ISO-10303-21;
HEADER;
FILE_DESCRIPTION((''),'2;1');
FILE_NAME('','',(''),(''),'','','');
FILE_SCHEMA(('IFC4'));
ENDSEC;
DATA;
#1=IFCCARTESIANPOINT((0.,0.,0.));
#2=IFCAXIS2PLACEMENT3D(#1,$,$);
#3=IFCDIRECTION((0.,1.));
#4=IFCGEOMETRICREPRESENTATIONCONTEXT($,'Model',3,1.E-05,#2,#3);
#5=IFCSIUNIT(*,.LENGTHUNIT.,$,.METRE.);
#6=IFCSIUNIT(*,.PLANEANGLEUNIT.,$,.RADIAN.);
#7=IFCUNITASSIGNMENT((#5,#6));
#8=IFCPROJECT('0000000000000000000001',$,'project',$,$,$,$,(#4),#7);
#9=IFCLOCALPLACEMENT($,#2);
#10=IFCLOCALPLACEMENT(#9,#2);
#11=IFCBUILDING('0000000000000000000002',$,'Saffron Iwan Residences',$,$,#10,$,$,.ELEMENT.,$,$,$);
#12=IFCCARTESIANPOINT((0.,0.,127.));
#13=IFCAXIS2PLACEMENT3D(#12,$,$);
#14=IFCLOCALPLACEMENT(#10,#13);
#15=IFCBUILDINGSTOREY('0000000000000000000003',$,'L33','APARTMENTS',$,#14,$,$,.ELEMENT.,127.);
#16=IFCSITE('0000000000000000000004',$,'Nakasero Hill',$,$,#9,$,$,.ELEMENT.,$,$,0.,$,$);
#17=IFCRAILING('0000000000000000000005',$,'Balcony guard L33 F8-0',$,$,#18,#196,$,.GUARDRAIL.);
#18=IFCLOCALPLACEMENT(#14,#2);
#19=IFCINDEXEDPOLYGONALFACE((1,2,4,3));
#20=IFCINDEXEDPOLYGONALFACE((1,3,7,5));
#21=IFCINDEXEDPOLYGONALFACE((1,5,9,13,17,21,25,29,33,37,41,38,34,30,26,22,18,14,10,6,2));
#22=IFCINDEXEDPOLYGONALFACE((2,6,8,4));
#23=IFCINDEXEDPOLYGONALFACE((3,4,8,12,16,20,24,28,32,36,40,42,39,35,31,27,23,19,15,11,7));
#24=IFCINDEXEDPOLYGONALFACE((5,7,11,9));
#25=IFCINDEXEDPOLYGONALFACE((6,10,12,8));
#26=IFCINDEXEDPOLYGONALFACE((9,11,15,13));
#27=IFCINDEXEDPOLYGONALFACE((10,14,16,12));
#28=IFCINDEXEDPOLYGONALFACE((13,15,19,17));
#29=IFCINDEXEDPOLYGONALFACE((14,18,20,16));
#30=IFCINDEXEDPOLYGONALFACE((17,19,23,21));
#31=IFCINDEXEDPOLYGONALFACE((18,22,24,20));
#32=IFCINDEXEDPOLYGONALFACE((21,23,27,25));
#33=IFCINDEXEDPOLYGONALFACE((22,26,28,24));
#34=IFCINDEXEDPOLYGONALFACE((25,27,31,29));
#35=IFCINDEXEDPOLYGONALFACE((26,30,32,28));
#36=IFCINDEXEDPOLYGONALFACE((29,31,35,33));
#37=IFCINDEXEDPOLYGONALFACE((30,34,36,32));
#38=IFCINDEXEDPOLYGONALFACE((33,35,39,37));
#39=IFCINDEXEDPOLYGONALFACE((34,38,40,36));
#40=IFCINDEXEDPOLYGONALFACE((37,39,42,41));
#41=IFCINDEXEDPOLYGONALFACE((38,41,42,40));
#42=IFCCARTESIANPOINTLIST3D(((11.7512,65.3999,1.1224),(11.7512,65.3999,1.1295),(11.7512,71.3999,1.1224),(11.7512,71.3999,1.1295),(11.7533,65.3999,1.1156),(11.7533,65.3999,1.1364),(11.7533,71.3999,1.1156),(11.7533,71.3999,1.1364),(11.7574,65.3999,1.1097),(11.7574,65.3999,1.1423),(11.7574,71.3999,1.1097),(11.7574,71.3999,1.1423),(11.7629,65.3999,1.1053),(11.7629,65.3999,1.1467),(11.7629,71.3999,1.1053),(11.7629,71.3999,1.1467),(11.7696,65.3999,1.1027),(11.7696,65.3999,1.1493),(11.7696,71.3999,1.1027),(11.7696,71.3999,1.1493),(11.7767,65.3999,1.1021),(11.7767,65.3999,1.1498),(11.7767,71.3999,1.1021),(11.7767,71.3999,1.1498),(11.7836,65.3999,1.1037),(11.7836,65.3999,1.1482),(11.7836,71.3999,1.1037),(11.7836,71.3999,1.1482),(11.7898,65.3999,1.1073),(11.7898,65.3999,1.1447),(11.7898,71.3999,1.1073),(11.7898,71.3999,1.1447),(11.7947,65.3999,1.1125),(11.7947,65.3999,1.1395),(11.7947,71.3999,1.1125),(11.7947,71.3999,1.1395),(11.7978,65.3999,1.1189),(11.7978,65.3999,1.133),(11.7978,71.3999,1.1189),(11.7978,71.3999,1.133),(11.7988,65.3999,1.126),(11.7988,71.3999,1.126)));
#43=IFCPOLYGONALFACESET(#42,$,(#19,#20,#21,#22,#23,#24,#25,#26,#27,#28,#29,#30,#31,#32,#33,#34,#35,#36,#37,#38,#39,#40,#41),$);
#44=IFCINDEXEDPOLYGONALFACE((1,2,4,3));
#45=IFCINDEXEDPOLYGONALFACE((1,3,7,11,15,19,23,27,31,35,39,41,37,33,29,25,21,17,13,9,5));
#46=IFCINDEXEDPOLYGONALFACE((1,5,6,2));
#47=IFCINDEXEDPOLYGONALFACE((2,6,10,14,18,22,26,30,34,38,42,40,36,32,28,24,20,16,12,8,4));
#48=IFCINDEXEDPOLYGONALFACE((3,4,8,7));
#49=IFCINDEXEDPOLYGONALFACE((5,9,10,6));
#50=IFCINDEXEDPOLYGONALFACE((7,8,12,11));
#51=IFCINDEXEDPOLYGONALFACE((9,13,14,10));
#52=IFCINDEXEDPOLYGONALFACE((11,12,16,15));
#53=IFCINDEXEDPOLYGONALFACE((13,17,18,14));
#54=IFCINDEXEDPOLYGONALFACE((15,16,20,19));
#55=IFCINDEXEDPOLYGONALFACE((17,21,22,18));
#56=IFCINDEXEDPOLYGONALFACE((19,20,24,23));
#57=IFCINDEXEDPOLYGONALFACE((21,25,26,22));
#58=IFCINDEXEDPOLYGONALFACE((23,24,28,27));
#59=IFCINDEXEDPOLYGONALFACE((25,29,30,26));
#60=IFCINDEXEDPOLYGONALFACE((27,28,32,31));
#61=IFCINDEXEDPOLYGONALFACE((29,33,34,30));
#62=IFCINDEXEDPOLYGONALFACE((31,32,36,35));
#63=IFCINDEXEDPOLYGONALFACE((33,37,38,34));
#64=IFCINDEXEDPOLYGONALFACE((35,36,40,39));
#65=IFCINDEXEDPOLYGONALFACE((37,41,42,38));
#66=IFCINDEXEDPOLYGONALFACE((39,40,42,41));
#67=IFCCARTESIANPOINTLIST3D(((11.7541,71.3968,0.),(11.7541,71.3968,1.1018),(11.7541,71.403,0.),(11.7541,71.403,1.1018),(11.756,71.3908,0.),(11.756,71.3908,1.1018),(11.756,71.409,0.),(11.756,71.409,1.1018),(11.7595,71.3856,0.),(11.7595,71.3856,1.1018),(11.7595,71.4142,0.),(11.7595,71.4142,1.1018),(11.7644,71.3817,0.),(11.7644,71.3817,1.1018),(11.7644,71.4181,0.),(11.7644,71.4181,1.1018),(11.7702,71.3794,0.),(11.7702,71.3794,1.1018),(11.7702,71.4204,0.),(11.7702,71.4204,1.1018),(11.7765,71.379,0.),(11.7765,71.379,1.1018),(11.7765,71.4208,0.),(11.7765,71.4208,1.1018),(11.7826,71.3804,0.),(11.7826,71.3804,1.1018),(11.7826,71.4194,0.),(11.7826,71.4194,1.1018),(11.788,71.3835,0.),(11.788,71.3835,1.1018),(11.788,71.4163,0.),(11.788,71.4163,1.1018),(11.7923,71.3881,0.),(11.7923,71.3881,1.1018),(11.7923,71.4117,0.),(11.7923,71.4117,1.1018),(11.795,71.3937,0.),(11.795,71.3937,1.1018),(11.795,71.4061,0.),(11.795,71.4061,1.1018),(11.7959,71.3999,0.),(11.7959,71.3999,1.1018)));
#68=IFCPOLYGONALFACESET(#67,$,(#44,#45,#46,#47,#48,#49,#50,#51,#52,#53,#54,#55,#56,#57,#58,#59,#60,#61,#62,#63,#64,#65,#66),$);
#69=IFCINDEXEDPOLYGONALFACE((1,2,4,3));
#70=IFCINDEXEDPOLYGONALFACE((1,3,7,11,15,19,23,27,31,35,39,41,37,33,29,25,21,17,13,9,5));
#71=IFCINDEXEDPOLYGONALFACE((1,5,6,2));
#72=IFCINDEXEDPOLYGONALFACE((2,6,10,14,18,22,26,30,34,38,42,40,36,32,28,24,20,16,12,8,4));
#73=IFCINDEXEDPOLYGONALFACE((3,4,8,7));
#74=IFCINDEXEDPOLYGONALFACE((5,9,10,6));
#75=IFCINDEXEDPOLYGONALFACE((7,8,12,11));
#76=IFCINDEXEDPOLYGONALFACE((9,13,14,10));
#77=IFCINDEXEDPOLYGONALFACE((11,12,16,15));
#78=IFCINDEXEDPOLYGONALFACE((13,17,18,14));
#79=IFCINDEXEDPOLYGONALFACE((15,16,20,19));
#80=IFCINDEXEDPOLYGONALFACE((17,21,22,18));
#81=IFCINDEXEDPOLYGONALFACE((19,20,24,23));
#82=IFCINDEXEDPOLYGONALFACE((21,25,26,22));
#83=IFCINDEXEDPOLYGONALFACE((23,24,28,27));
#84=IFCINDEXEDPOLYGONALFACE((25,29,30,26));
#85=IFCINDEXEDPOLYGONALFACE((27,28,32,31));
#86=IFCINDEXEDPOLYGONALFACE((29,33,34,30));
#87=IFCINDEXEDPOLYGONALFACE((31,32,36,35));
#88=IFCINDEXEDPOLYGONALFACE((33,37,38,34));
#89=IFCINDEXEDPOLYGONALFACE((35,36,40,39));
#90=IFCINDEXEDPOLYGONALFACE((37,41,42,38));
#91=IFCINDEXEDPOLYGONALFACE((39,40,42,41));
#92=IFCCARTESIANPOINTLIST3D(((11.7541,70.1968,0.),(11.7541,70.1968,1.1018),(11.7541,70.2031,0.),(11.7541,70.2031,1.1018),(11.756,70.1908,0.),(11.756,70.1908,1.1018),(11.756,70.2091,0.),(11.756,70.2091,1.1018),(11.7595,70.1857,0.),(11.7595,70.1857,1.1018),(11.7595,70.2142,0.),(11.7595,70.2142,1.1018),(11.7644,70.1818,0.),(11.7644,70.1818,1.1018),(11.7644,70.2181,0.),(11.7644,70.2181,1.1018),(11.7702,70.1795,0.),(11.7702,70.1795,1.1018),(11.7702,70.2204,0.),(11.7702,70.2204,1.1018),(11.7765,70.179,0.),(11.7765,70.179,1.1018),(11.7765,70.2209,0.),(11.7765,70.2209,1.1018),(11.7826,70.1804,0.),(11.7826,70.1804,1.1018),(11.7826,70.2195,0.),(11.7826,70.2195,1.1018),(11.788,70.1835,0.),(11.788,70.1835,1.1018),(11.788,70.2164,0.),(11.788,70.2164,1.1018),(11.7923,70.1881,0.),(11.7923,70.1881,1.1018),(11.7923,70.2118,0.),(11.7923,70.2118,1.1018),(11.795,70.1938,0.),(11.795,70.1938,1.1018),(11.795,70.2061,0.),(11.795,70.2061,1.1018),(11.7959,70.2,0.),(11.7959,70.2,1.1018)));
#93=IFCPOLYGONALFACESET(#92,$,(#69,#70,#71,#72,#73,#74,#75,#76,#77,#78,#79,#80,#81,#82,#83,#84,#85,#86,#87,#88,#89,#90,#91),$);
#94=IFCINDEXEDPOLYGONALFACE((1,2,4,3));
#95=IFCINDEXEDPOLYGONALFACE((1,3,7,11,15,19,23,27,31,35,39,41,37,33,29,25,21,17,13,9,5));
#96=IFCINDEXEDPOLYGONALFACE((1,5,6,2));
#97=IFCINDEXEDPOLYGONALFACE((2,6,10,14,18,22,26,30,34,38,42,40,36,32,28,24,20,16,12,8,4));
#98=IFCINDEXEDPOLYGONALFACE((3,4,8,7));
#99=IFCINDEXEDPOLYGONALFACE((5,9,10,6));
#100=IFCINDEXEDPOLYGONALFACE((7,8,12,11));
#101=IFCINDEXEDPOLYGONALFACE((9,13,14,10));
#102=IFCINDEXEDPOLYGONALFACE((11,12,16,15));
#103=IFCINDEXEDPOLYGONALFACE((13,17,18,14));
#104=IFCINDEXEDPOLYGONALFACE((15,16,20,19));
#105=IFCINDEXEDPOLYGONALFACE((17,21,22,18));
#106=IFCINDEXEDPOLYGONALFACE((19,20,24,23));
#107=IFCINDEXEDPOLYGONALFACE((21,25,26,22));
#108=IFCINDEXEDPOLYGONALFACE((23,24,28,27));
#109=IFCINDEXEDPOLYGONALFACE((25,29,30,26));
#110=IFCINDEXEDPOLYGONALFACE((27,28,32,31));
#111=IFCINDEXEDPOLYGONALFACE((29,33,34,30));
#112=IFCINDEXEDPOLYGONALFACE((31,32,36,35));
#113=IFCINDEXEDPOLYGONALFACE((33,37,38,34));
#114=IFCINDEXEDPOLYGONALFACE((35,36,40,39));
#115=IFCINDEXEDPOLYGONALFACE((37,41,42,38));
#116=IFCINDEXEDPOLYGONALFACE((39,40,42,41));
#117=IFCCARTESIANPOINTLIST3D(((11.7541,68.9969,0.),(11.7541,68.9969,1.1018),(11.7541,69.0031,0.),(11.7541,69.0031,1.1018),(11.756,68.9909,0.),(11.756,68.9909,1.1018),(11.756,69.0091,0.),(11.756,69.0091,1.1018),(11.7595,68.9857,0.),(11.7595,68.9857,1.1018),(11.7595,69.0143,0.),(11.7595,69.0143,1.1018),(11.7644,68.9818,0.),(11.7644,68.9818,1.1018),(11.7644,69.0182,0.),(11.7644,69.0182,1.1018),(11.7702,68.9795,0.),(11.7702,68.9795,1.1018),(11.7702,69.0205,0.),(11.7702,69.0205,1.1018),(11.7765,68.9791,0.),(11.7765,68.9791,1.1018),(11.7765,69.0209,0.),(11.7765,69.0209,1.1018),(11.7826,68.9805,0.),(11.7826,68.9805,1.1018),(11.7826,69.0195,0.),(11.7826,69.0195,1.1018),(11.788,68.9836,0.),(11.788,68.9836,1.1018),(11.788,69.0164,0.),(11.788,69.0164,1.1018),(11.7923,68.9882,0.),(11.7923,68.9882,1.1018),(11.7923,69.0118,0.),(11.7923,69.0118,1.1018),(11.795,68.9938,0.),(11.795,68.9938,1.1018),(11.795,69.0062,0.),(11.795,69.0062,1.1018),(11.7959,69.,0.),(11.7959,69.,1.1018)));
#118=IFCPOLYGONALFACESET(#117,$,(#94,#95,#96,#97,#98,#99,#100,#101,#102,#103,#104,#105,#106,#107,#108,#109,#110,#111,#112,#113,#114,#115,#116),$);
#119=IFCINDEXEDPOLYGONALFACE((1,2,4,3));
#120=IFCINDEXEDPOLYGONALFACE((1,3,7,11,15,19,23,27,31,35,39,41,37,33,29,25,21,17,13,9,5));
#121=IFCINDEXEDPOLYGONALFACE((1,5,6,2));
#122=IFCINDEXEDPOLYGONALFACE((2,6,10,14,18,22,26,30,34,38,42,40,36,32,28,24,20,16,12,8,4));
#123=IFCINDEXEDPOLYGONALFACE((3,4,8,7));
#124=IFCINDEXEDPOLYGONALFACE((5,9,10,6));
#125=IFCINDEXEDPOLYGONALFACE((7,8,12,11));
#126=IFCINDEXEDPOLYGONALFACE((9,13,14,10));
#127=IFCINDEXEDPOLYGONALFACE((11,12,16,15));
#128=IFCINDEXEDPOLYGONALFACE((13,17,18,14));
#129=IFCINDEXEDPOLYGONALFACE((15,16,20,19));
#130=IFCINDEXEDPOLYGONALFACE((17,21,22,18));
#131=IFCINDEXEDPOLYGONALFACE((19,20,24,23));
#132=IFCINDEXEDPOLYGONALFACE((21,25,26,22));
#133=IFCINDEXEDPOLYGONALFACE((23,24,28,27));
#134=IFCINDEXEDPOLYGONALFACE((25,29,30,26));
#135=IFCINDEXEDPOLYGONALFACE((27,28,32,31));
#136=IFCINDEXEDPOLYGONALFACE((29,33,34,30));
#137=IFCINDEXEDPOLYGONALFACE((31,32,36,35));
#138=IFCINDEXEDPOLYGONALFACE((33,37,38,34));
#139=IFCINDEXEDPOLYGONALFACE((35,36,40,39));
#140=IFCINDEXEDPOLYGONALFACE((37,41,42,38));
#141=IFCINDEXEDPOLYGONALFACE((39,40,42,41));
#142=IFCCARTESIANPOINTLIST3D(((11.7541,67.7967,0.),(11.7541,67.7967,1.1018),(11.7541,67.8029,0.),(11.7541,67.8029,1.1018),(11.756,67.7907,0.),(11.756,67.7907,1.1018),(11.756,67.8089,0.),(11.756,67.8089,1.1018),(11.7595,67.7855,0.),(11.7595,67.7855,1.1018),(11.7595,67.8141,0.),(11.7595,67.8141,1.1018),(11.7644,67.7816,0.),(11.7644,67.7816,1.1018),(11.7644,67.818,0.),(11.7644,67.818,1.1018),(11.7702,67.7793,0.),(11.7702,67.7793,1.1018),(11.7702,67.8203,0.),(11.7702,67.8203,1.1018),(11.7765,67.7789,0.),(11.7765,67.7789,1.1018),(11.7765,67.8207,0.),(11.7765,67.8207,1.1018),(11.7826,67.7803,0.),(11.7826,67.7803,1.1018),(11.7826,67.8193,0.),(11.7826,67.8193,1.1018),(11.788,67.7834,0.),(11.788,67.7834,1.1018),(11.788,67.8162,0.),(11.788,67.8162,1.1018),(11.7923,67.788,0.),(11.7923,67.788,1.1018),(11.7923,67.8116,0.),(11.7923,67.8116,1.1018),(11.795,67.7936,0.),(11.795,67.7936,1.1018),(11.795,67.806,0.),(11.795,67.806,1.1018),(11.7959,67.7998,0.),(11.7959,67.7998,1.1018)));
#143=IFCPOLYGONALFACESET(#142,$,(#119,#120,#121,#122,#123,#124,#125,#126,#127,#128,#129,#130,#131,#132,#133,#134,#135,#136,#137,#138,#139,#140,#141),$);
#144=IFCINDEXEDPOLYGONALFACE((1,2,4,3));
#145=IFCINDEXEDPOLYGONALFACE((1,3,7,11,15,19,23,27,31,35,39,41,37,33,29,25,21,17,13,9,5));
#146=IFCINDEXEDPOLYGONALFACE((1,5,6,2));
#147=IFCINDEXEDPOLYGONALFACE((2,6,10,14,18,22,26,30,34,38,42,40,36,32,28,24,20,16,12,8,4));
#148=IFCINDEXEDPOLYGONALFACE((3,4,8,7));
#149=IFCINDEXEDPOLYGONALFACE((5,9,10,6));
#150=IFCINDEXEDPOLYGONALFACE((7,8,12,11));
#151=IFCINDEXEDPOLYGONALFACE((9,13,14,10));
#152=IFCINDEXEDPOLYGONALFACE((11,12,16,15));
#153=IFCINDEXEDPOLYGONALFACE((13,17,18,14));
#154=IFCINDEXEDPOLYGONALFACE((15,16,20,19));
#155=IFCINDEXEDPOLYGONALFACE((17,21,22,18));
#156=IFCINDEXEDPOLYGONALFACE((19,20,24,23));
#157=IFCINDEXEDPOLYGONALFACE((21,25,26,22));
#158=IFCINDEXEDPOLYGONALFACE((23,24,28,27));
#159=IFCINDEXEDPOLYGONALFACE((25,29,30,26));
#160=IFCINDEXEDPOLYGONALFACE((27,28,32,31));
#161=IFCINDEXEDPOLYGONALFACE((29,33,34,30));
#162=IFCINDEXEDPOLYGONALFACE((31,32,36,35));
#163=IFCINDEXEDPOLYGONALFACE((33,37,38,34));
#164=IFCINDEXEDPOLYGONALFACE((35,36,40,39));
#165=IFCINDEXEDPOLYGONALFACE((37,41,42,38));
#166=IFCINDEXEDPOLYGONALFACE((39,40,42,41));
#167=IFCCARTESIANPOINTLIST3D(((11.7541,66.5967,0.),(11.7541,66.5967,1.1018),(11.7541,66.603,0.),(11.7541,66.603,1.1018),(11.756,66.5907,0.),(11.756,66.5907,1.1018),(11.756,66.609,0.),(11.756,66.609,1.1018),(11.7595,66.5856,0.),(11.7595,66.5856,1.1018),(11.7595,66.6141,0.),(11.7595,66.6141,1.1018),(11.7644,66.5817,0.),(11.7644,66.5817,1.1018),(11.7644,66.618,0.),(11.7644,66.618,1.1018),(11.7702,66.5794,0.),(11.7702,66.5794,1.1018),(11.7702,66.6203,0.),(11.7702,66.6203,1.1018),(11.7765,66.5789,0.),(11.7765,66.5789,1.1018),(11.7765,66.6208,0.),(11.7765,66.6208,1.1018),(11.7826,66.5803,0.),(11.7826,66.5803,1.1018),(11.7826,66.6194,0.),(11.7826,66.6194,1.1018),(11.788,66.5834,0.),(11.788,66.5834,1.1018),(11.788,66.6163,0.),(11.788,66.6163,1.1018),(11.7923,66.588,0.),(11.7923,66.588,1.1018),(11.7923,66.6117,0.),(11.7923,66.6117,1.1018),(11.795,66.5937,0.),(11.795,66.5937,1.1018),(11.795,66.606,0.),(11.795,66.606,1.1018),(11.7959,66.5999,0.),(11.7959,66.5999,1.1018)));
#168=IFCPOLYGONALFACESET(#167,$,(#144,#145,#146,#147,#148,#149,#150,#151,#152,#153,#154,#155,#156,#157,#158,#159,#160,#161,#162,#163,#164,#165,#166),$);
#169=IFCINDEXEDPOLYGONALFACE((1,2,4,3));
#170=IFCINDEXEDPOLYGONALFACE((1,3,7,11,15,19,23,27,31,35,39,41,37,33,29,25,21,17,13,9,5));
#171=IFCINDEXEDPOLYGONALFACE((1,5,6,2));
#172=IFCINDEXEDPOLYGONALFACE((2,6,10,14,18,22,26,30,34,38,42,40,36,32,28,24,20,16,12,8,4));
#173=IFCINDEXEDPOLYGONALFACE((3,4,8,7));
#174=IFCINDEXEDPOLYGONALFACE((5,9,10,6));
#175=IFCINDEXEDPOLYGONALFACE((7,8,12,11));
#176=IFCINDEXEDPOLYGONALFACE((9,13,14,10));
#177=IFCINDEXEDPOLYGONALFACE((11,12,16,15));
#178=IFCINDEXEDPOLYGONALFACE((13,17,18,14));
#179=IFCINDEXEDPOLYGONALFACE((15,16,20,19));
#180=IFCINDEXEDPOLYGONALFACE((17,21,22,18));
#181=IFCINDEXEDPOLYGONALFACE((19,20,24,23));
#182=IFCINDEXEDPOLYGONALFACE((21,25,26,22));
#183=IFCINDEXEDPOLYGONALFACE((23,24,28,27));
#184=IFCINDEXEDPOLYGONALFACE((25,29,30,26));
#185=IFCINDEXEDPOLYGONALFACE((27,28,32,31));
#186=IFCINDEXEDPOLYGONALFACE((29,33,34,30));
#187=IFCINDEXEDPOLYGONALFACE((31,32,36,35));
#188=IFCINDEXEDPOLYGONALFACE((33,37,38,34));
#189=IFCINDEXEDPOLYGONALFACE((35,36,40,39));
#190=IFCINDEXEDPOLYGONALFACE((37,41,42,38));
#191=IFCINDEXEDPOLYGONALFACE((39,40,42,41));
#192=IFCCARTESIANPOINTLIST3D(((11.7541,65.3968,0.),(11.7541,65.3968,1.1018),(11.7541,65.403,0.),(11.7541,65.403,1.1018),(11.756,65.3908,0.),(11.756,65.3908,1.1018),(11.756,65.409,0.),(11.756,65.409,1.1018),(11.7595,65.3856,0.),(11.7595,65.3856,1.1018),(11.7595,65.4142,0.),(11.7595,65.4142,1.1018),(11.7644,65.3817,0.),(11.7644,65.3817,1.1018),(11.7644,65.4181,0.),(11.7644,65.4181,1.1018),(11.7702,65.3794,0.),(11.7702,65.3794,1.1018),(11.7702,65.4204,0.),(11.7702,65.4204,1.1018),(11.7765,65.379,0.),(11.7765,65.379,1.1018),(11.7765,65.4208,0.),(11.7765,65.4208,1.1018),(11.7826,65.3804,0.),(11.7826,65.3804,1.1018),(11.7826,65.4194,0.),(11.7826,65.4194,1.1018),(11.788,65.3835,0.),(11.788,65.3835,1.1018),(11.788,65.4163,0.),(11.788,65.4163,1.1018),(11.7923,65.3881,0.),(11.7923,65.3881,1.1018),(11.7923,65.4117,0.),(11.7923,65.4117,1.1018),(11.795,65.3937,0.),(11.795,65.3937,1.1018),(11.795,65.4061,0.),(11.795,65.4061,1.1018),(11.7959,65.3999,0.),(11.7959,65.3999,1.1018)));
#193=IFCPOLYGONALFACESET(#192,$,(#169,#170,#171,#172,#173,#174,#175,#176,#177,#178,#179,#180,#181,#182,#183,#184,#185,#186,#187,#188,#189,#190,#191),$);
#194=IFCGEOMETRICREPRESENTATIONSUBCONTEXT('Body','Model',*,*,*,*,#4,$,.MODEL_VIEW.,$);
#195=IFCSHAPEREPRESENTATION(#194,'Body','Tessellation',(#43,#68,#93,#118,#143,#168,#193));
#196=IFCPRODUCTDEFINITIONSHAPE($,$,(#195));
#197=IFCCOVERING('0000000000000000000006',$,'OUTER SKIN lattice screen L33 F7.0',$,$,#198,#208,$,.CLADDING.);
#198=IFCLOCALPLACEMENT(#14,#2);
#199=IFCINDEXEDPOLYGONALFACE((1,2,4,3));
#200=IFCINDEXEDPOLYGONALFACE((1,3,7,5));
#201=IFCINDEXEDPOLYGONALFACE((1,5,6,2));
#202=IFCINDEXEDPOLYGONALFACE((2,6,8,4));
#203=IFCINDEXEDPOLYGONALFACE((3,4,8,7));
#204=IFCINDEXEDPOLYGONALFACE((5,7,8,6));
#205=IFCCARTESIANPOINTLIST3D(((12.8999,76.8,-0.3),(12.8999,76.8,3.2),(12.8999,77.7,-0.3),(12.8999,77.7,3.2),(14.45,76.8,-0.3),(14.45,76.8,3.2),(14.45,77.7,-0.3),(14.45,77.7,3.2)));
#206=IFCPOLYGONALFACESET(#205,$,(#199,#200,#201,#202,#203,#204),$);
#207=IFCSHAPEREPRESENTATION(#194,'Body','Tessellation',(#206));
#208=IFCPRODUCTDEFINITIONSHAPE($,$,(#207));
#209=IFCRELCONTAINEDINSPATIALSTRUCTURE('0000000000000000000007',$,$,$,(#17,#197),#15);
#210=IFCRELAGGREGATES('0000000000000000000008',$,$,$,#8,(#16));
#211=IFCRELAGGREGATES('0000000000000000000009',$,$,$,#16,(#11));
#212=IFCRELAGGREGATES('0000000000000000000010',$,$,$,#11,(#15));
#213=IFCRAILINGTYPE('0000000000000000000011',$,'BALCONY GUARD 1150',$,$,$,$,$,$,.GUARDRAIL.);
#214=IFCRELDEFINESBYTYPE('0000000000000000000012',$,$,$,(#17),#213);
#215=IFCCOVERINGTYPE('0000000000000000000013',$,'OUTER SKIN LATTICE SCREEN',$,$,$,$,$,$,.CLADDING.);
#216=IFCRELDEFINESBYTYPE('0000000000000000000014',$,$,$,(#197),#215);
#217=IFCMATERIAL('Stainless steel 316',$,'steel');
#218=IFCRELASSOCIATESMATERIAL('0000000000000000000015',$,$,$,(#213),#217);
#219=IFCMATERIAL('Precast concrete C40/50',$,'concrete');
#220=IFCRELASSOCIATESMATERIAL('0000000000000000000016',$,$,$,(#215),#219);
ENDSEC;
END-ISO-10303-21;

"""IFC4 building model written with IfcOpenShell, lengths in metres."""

from ifc_helpers import new_model, si_unit, direction, frame, origin, origin_2d, place, context, subcontext, project, spatial, polyline, circle, outline, extrude, material, type_object, element, save


model = new_model("IFC4")

# Units and contexts
model_context = context("Model", 3, precision=1e-05, world=origin(), true_north=direction((0.0, 1.0)))
body_context = subcontext(model_context, "Body", "Model", "MODEL_VIEW")
ifc_project = project(units=[si_unit("LENGTHUNIT", "METRE"), si_unit("PLANEANGLEUNIT", "RADIAN")], contexts=[model_context])

# Site, building, storey
site_placement = place(None, origin())
site = spatial("IfcSite", under=ifc_project, at=site_placement, Name="Nakasero Hill", CompositionType="ELEMENT", RefElevation=0.0)
building_placement = place(site_placement, origin())
building = spatial("IfcBuilding", under=site, at=building_placement, Name="Saffron Iwan Residences", CompositionType="ELEMENT")
storey_placement = place(building_placement, frame((0.0, 0.0, 127.0)))
storey = spatial("IfcBuildingStorey", under=building, at=storey_placement, Name="L33", Description="APARTMENTS", CompositionType="ELEMENT", Elevation=127.0)

# Railing
ifc_material_1 = material(Name="Stainless steel 316", Category="steel")
railing_type = type_object("IfcRailingType", Name="BALCONY GUARD 1150", PredefinedType="GUARDRAIL", material=ifc_material_1)
railing_placement = place(storey_placement, frame((11.7749, 71.3999, 0.0)))
element("IfcRailing", 1, at=railing_placement, inside=storey, type_object=railing_type, Name="Balcony guard L33 F8-0", PredefinedType="GUARDRAIL", context=body_context, shape_type="SweptSolid", body=[
    extrude(circle(Radius=0.0239, at=origin_2d()), frame((0.0, 0.0, 1.126), z_axis=(0.0, -1.0, 0.0), x_axis=(1.0, 0.0, 0.0)), (0.0, 0.0, 1.0), 6.0),
    extrude(circle(Radius=0.021, at=origin_2d()), origin(), (0.0, 0.0, 1.0), 1.1018),
    extrude(circle(Radius=0.021, at=origin_2d()), frame((0.0, -1.2, 0.0)), (0.0, 0.0, 1.0), 1.1018),
    extrude(circle(Radius=0.021, at=origin_2d()), frame((0.0, -2.3999, 0.0)), (0.0, 0.0, 1.0), 1.1018),
    extrude(circle(Radius=0.021, at=origin_2d()), frame((0.0, -3.6001, 0.0)), (0.0, 0.0, 1.0), 1.1018),
    extrude(circle(Radius=0.021, at=origin_2d()), frame((0.0, -4.8, 0.0)), (0.0, 0.0, 1.0), 1.1018),
    extrude(circle(Radius=0.021, at=origin_2d()), frame((0.0, -6.0, 0.0)), (0.0, 0.0, 1.0), 1.1018),
])

# Covering
ifc_material_2 = material(Name="Precast concrete C40/50", Category="concrete")
covering_type = type_object("IfcCoveringType", Name="OUTER SKIN LATTICE SCREEN", PredefinedType="CLADDING", material=ifc_material_2)
covering_placement = place(storey_placement, frame((14.45, 76.8, -0.3), z_axis=(0.0, 1.0, 0.0), x_axis=(-1.0, 0.0, 0.0)))
element("IfcCovering", 2, at=covering_placement, inside=storey, type_object=covering_type, Name="OUTER SKIN lattice screen L33 F7.0", PredefinedType="CLADDING", context=body_context, shape_type="SweptSolid", body=[
    extrude(outline(polyline([(0.0, 0.0), (1.55, 0.0), (1.55, 3.5), (0.0, 3.5), (0.0, 0.0)])), origin(), (0.0, 0.0, 1.0), 0.8999),
])

save(model, "model.ifc")
